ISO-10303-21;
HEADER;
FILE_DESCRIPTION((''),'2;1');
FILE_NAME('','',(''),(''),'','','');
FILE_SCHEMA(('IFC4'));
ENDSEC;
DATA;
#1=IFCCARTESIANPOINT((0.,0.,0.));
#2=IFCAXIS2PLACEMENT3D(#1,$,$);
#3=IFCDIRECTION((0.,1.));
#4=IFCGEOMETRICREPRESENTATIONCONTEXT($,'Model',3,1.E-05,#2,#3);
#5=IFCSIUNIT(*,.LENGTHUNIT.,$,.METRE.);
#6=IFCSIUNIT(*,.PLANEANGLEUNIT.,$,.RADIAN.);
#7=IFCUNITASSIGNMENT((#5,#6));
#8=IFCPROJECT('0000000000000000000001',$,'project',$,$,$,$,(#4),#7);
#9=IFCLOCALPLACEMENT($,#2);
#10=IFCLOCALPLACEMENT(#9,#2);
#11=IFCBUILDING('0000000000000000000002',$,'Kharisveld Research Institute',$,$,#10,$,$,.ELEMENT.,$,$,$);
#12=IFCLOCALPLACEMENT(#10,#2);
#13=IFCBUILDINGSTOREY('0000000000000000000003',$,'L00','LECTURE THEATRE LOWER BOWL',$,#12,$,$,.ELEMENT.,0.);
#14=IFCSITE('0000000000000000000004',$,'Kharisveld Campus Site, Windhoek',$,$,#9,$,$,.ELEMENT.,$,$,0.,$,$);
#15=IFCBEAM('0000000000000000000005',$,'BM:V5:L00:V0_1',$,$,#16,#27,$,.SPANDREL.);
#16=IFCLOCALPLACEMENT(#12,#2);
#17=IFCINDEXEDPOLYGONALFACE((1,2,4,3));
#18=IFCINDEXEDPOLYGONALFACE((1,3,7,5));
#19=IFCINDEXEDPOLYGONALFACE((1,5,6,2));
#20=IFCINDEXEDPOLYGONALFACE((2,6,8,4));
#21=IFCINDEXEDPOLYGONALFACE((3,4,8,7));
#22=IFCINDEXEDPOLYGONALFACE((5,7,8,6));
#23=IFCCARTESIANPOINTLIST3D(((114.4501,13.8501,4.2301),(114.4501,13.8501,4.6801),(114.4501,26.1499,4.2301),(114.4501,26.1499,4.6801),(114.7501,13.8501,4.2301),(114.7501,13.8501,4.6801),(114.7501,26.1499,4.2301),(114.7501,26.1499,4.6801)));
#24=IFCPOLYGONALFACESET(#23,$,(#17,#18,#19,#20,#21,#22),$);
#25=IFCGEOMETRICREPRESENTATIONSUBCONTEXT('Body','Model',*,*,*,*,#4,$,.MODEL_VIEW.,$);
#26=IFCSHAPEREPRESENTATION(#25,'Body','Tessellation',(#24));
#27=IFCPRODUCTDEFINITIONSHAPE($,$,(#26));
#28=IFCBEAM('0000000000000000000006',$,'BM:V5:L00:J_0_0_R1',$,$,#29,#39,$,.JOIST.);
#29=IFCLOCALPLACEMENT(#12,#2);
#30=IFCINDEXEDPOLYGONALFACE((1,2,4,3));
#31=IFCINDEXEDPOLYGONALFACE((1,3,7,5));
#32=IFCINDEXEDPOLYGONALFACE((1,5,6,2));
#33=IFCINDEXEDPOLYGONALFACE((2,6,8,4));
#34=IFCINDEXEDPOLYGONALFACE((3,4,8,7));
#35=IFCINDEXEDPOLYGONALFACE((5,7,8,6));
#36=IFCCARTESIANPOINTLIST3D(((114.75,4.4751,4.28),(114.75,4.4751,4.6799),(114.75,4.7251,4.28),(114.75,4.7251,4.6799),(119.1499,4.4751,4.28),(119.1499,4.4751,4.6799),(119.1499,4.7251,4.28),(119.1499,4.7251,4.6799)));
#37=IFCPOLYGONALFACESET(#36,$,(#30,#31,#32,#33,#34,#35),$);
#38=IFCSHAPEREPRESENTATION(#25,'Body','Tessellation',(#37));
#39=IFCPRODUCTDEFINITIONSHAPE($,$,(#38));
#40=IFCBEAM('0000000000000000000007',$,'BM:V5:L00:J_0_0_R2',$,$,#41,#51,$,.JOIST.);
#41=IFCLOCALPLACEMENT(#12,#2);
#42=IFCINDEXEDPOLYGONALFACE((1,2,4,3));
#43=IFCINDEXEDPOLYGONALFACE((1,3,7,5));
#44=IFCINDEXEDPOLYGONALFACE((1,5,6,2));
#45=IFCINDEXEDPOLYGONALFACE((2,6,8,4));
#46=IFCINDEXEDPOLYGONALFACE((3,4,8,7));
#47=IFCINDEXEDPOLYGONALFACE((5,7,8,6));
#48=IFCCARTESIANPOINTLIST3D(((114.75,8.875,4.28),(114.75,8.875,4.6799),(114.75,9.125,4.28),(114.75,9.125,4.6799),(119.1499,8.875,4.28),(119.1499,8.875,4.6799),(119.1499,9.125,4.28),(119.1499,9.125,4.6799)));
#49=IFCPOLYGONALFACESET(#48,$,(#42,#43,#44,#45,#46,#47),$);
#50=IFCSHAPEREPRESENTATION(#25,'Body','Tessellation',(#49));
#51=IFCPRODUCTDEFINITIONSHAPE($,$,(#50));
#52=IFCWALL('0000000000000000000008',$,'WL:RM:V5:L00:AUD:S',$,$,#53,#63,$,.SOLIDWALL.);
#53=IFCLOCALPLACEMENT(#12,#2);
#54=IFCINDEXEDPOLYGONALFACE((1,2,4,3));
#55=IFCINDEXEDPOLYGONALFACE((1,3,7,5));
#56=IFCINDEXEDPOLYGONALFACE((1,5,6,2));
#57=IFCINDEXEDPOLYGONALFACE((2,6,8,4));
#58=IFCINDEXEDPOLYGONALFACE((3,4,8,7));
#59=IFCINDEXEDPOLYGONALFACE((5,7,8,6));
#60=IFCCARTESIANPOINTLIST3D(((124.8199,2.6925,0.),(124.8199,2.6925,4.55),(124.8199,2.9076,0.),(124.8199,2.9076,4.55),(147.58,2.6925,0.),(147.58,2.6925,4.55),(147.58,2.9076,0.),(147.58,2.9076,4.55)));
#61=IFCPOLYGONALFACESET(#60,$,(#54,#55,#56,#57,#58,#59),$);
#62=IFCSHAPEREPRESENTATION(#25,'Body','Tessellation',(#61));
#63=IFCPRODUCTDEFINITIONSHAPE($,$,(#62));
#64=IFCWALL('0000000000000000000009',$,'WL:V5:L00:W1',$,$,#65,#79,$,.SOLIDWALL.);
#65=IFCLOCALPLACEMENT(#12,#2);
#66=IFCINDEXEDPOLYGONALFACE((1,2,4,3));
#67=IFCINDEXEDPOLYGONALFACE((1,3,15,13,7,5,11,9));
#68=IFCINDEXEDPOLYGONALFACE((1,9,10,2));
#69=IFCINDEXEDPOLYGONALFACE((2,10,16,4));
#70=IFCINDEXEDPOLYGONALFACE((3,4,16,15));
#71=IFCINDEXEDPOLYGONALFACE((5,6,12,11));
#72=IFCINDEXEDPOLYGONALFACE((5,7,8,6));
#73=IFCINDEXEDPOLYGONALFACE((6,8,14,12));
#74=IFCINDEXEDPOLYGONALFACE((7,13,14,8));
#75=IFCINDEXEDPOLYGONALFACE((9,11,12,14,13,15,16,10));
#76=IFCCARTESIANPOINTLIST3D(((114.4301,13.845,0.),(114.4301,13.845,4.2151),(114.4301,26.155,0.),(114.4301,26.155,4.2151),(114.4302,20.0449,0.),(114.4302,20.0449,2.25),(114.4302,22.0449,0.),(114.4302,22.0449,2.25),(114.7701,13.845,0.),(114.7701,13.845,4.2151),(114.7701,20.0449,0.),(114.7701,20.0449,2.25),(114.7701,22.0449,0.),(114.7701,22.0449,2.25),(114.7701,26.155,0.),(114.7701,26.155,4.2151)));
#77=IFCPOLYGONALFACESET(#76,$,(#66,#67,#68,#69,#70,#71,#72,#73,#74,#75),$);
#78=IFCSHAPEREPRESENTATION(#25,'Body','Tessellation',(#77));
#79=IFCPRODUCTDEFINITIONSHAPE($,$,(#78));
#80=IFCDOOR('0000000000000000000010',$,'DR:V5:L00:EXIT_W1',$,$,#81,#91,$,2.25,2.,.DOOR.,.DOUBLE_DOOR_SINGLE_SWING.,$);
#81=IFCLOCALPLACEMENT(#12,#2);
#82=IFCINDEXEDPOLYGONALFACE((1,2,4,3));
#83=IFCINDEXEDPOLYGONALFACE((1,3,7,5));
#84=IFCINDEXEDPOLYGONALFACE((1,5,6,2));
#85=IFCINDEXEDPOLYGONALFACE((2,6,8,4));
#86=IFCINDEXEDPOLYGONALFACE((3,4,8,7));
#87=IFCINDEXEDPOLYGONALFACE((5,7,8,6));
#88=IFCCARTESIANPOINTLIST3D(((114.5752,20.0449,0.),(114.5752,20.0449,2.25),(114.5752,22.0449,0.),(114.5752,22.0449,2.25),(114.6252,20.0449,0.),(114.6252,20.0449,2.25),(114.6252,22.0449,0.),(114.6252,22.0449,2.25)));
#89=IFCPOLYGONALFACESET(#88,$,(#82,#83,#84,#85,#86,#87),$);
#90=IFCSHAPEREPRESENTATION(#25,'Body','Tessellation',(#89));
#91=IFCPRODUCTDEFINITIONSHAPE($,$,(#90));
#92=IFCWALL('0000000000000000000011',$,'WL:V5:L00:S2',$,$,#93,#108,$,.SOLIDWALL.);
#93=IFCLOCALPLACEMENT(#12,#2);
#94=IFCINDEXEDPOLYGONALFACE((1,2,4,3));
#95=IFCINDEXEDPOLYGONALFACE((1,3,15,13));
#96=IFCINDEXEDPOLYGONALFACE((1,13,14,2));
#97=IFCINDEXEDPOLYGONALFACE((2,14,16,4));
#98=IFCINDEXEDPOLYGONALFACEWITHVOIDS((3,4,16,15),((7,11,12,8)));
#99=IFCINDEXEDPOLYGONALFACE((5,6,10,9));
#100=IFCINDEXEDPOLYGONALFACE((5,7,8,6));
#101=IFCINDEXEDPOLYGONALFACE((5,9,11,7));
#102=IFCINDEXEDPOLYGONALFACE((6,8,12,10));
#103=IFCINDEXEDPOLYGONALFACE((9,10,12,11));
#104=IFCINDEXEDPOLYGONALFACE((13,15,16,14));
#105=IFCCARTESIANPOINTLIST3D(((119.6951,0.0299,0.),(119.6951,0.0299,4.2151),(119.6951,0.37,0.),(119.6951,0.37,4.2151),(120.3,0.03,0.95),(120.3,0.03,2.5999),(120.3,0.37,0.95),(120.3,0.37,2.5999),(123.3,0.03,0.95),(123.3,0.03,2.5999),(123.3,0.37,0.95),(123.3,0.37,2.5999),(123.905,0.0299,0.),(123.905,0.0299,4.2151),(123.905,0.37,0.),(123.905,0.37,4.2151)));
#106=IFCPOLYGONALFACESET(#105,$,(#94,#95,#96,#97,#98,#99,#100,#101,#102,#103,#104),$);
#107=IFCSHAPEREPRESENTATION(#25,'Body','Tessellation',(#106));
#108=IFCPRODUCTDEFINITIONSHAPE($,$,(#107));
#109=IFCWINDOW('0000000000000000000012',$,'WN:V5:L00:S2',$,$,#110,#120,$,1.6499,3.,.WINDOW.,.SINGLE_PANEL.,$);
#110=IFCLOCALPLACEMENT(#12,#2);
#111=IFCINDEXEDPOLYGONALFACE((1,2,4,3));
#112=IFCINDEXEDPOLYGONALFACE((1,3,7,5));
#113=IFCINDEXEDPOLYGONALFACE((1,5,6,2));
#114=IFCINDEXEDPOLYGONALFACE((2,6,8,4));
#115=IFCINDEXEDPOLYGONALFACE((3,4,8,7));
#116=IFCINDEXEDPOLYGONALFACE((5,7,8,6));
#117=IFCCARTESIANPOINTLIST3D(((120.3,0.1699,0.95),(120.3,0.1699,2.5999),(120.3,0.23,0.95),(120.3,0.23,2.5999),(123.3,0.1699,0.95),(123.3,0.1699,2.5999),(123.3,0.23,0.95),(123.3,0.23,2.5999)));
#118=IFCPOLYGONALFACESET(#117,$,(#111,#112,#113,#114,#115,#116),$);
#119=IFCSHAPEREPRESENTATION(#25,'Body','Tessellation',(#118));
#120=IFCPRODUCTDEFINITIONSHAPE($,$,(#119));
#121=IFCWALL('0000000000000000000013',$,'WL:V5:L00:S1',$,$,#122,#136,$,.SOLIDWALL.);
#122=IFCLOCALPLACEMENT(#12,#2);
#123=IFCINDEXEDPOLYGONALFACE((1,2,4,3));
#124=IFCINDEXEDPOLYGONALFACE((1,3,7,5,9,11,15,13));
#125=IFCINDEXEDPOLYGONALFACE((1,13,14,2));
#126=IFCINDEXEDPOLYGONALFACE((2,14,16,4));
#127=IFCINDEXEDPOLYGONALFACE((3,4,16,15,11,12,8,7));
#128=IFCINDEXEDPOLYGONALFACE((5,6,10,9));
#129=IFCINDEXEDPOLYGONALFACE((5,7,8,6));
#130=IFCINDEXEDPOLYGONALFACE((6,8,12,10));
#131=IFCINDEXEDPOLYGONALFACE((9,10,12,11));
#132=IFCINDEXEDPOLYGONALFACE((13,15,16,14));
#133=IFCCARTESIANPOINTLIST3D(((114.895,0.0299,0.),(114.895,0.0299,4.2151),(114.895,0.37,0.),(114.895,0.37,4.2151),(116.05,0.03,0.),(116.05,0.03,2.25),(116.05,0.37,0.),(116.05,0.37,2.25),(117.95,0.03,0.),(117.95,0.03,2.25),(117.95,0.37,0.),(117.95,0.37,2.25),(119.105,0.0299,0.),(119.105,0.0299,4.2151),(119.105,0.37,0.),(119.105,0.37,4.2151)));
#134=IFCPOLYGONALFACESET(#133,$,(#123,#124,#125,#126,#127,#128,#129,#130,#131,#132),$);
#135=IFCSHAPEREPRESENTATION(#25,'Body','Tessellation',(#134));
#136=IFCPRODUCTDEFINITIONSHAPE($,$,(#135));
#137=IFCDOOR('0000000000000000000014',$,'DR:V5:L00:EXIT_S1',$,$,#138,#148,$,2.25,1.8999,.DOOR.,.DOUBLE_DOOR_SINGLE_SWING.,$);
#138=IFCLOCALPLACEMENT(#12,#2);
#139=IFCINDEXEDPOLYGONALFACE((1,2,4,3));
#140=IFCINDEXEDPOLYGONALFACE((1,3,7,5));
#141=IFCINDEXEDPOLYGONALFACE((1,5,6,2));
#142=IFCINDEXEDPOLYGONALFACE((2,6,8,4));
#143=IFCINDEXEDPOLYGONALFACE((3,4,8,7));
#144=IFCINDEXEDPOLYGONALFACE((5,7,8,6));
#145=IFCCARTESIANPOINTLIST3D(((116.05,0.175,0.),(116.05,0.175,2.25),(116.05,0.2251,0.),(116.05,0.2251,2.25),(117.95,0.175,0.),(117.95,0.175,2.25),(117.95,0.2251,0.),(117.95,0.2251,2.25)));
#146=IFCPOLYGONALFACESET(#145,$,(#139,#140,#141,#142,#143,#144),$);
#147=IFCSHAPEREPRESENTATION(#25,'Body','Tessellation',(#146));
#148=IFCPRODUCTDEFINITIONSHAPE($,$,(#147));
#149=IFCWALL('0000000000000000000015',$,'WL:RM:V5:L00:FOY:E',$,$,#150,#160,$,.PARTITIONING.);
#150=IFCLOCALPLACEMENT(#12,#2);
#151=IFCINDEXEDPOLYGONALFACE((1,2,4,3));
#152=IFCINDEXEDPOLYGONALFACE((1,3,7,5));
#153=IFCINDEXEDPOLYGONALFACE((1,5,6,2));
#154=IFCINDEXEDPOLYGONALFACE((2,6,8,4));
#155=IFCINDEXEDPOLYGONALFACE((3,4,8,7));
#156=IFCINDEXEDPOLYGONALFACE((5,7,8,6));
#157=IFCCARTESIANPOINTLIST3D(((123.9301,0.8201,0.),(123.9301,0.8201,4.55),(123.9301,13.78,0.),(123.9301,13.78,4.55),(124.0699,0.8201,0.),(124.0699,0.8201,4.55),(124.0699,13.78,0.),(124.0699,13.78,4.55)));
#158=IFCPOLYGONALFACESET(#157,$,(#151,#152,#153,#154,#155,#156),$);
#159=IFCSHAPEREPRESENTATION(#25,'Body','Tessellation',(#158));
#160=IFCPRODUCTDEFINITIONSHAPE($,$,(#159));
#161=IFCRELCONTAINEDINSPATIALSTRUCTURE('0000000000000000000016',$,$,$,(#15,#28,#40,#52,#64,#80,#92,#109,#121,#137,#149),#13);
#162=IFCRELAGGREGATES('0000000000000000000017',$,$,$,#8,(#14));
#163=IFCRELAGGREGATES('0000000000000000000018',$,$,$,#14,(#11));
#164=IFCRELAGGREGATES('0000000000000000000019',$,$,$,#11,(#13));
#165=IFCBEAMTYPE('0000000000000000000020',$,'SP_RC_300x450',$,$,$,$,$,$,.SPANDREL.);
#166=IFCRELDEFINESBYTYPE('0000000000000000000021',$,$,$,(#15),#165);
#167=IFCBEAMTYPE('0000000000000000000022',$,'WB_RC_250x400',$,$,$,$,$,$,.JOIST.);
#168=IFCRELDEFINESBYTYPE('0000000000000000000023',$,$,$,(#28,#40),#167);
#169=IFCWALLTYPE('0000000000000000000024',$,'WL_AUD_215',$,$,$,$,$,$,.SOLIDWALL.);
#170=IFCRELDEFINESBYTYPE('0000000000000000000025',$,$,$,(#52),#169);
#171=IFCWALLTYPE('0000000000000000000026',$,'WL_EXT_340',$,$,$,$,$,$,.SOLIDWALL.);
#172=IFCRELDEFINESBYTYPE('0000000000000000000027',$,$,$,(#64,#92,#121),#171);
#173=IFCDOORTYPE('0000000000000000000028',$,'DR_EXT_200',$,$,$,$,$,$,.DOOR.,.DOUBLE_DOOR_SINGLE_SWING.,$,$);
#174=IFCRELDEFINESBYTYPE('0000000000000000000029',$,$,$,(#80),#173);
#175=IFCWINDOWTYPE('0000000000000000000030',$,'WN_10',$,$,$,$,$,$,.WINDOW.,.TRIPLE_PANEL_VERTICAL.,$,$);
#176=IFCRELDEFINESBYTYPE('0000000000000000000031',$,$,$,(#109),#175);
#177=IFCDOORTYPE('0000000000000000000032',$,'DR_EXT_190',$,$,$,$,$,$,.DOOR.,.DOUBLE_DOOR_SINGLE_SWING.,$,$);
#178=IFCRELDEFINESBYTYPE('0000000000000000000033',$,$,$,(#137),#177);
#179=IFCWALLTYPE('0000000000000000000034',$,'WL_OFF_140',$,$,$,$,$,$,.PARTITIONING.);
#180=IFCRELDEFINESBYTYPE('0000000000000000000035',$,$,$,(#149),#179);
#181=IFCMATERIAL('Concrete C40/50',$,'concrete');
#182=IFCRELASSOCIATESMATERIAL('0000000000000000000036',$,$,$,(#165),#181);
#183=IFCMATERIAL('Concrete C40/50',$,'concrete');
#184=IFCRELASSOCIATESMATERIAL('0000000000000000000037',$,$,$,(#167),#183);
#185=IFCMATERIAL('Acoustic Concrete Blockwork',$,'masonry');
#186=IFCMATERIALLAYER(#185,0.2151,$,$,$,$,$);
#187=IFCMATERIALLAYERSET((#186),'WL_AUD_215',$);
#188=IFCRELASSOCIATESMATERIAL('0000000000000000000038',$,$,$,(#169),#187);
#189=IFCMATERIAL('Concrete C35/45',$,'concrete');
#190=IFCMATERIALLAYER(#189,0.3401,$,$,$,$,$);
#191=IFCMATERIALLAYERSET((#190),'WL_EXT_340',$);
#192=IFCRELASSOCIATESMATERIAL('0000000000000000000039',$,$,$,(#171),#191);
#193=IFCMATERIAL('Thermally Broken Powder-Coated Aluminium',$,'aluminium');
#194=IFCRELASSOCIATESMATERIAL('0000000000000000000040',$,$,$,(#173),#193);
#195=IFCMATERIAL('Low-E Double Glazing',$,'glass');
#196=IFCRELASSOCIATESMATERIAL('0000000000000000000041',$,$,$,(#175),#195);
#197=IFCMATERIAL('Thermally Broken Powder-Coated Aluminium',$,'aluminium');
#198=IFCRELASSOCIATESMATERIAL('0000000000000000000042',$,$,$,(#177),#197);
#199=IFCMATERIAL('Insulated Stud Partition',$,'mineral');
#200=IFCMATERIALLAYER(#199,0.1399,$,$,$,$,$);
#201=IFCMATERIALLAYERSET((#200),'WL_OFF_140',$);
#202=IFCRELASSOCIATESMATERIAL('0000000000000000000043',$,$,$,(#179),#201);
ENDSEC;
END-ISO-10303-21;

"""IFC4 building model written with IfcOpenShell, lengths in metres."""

from ifc_helpers import new_model, si_unit, direction, frame, frame_2d, origin, origin_2d, place, context, subcontext, project, spatial, rectangle, extrude, material, layer, layer_set, material_profile, profile_set, type_object, element, fill, save


model = new_model("IFC4")

# Units and contexts
model_context = context("Model", 3, precision=1e-05, world=origin(), true_north=direction((0.0, 1.0)))
body_context = subcontext(model_context, "Body", "Model", "MODEL_VIEW")
ifc_project = project(units=[si_unit("LENGTHUNIT", "METRE"), si_unit("PLANEANGLEUNIT", "RADIAN")], contexts=[model_context])

# Site, building, storey
site_placement = place(None, origin())
site = spatial("IfcSite", under=ifc_project, at=site_placement, Name="Kharisveld Campus Site, Windhoek", CompositionType="ELEMENT", RefElevation=0.0)
building_placement = place(site_placement, origin())
building = spatial("IfcBuilding", under=site, at=building_placement, Name="Kharisveld Research Institute", CompositionType="ELEMENT")
storey_placement = place(building_placement, origin())
storey = spatial("IfcBuildingStorey", under=building, at=storey_placement, Name="L00", Description="LECTURE THEATRE LOWER BOWL", CompositionType="ELEMENT", Elevation=0.0)

# Beams
ifc_material_1 = material(Name="Concrete C40/50", Category="concrete")
ifc_material_profile_1 = material_profile(ifc_material_1, rectangle(XDim=0.3, YDim=0.45, at=origin_2d()))
ifc_profile_set_1 = profile_set([ifc_material_profile_1], Name="Concrete C40/50")
beam_type_1 = type_object("IfcBeamType", Name="SP_RC_300x450", PredefinedType="SPANDREL", material=ifc_profile_set_1)
beam_1_placement = place(storey_placement, frame((114.6001, 13.8501, 4.4551), z_axis=(0.0, 1.0, 0.0), x_axis=(-1.0, 0.0, 0.0)))
element("IfcBeam", 1, at=beam_1_placement, inside=storey, type_object=beam_type_1, Name="BM:V5:L00:V0_1", PredefinedType="SPANDREL", context=body_context, shape_type="SweptSolid", body=[
    extrude(rectangle(XDim=0.3, YDim=0.45, at=origin_2d()), origin(), (0.0, 0.0, 1.0), 12.2998),
])
ifc_material_2 = material(Name="Concrete C40/50", Category="concrete")
ifc_material_profile_2 = material_profile(ifc_material_2, rectangle(XDim=0.25, YDim=0.3999, at=origin_2d()))
ifc_profile_set_2 = profile_set([ifc_material_profile_2], Name="Concrete C40/50")
beam_type_2 = type_object("IfcBeamType", Name="WB_RC_250x400", PredefinedType="JOIST", material=ifc_profile_set_2)
for number, where, z_axis, x_axis, name in (
    (2, (114.75, 4.6001, 4.48), (1.0, 0.0, 0.0), (0.0, 1.0, 0.0), "BM:V5:L00:J_0_0_R1"),
    (3, (114.75, 9.0, 4.48), (1.0, 0.0, 0.0), (0.0, 1.0, 0.0), "BM:V5:L00:J_0_0_R2"),
):
    element("IfcBeam", number, at=place(storey_placement, frame(where, z_axis=z_axis, x_axis=x_axis)), inside=storey, type_object=beam_type_2, Name=name, PredefinedType="JOIST", context=body_context, shape_type="SweptSolid", body=[
        extrude(rectangle(XDim=0.25, YDim=0.3999, at=origin_2d()), origin(), (0.0, 0.0, 1.0), 4.3999),
    ])

# Wall
ifc_material_3 = material(Name="Acoustic Concrete Blockwork", Category="masonry")
ifc_layer_1 = layer(ifc_material_3, 0.2151)
ifc_layer_set_1 = layer_set([ifc_layer_1], Name="WL_AUD_215")
wall_type_1 = type_object("IfcWallType", Name="WL_AUD_215", PredefinedType="SOLIDWALL", material=ifc_layer_set_1)
wall_1_placement = place(storey_placement, frame((124.8201, 2.8, 0.0), z_axis=(0.0, 0.0, 1.0), x_axis=(1.0, 0.0, 0.0)))
element("IfcWall", 4, at=wall_1_placement, inside=storey, type_object=wall_type_1, Name="WL:RM:V5:L00:AUD:S", PredefinedType="SOLIDWALL", context=body_context, shape_type="SweptSolid", body=[
    extrude(rectangle(XDim=22.76, YDim=0.2151, at=frame_2d((11.3799, 0.0))), origin(), (0.0, 0.0, 1.0), 4.55),
])

# Wall, opening, door
ifc_material_4 = material(Name="Concrete C35/45", Category="concrete")
ifc_layer_2 = layer(ifc_material_4, 0.3401)
ifc_layer_set_2 = layer_set([ifc_layer_2], Name="WL_EXT_340")
wall_type_2 = type_object("IfcWallType", Name="WL_EXT_340", PredefinedType="SOLIDWALL", material=ifc_layer_set_2)
wall_2_placement = place(storey_placement, frame((114.6001, 13.845, 0.0), z_axis=(0.0, 0.0, 1.0), x_axis=(0.0, 1.0, 0.0)))
wall_2 = element("IfcWall", 5, at=wall_2_placement, inside=storey, type_object=wall_type_2, Name="WL:V5:L00:W1", PredefinedType="SOLIDWALL", context=body_context, shape_type="SweptSolid", body=[
    extrude(rectangle(XDim=12.3101, YDim=0.3401, at=frame_2d((6.155, 0.0))), origin(), (0.0, 0.0, 1.0), 4.2151),
])
opening_1_placement = place(wall_2_placement, frame((6.2, 0.0, 0.0)))
opening_1 = element("IfcOpeningElement", 6, at=opening_1_placement, cuts=wall_2, PredefinedType="OPENING", context=body_context, shape_type="SweptSolid", body=[
    extrude(rectangle(XDim=2.0, YDim=2.25, at=frame_2d((1.0, 1.125))), frame((0.0, 0.1699, 0.0), z_axis=(0.0, -1.0, 0.0), x_axis=(1.0, 0.0, 0.0)), (0.0, 0.0, 1.0), 0.3401),
])
ifc_material_5 = material(Name="Thermally Broken Powder-Coated Aluminium", Category="aluminium")
door_type_1 = type_object("IfcDoorType", Name="DR_EXT_200", OperationType="DOUBLE_DOOR_SINGLE_SWING", PredefinedType="DOOR", material=ifc_material_5)
door_1_placement = place(opening_1_placement, origin())
door_1 = element("IfcDoor", 7, at=door_1_placement, inside=storey, type_object=door_type_1, Name="DR:V5:L00:EXIT_W1", OperationType="DOUBLE_DOOR_SINGLE_SWING", OverallHeight=2.25, OverallWidth=2.0, PredefinedType="DOOR", context=body_context, shape_type="SweptSolid", body=[
    extrude(rectangle(XDim=2.0, YDim=2.25, at=frame_2d((1.0, 1.125))), frame((0.0, 0.0249, 0.0), z_axis=(0.0, -1.0, 0.0), x_axis=(1.0, 0.0, 0.0)), (0.0, 0.0, 1.0), 0.05),
])
fill(opening_1, door_1)

# Wall, opening, window
wall_3_placement = place(storey_placement, frame((123.905, 0.2, 0.0), z_axis=(0.0, 0.0, 1.0), x_axis=(-1.0, 0.0, 0.0)))
wall_3 = element("IfcWall", 8, at=wall_3_placement, inside=storey, type_object=wall_type_2, Name="WL:V5:L00:S2", PredefinedType="SOLIDWALL", context=body_context, shape_type="SweptSolid", body=[
    extrude(rectangle(XDim=4.21, YDim=0.3401, at=frame_2d((2.105, 0.0))), origin(), (0.0, 0.0, 1.0), 4.2151),
])
opening_2_placement = place(wall_3_placement, frame((0.605, 0.0, 0.95)))
opening_2 = element("IfcOpeningElement", 9, at=opening_2_placement, cuts=wall_3, PredefinedType="OPENING", context=body_context, shape_type="SweptSolid", body=[
    extrude(rectangle(XDim=3.0, YDim=1.6499, at=frame_2d((1.5, 0.825))), frame((0.0, 0.1699, 0.0), z_axis=(0.0, -1.0, 0.0), x_axis=(1.0, 0.0, 0.0)), (0.0, 0.0, 1.0), 0.3401),
])
ifc_material_6 = material(Name="Low-E Double Glazing", Category="glass")
window_type = type_object("IfcWindowType", Name="WN_10", PartitioningType="TRIPLE_PANEL_VERTICAL", PredefinedType="WINDOW", material=ifc_material_6)
window_placement = place(opening_2_placement, origin())
window = element("IfcWindow", 10, at=window_placement, inside=storey, type_object=window_type, Name="WN:V5:L00:S2", OverallHeight=1.6499, OverallWidth=3.0, PartitioningType="SINGLE_PANEL", PredefinedType="WINDOW", context=body_context, shape_type="SweptSolid", body=[
    extrude(rectangle(XDim=3.0, YDim=1.6499, at=frame_2d((1.5, 0.825))), frame((0.0, 0.03, 0.0), z_axis=(0.0, -1.0, 0.0), x_axis=(1.0, 0.0, 0.0)), (0.0, 0.0, 1.0), 0.0601),
])
fill(opening_2, window)

# Wall, opening, door
wall_4_placement = place(storey_placement, frame((119.105, 0.2, 0.0), z_axis=(0.0, 0.0, 1.0), x_axis=(-1.0, 0.0, 0.0)))
wall_4 = element("IfcWall", 11, at=wall_4_placement, inside=storey, type_object=wall_type_2, Name="WL:V5:L00:S1", PredefinedType="SOLIDWALL", context=body_context, shape_type="SweptSolid", body=[
    extrude(rectangle(XDim=4.21, YDim=0.3401, at=frame_2d((2.105, 0.0))), origin(), (0.0, 0.0, 1.0), 4.2151),
])
opening_3_placement = place(wall_4_placement, frame((1.155, 0.0, 0.0)))
opening_3 = element("IfcOpeningElement", 12, at=opening_3_placement, cuts=wall_4, PredefinedType="OPENING", context=body_context, shape_type="SweptSolid", body=[
    extrude(rectangle(XDim=1.8999, YDim=2.25, at=frame_2d((0.95, 1.125))), frame((0.0, 0.1699, 0.0), z_axis=(0.0, -1.0, 0.0), x_axis=(1.0, 0.0, 0.0)), (0.0, 0.0, 1.0), 0.3401),
])
ifc_material_7 = material(Name="Thermally Broken Powder-Coated Aluminium", Category="aluminium")
door_type_2 = type_object("IfcDoorType", Name="DR_EXT_190", OperationType="DOUBLE_DOOR_SINGLE_SWING", PredefinedType="DOOR", material=ifc_material_7)
door_2_placement = place(opening_3_placement, origin())
door_2 = element("IfcDoor", 13, at=door_2_placement, inside=storey, type_object=door_type_2, Name="DR:V5:L00:EXIT_S1", OperationType="DOUBLE_DOOR_SINGLE_SWING", OverallHeight=2.25, OverallWidth=1.8999, PredefinedType="DOOR", context=body_context, shape_type="SweptSolid", body=[
    extrude(rectangle(XDim=1.8999, YDim=2.25, at=frame_2d((0.95, 1.125))), frame((0.0, 0.0249, 0.0), z_axis=(0.0, -1.0, 0.0), x_axis=(1.0, 0.0, 0.0)), (0.0, 0.0, 1.0), 0.05),
])
fill(opening_3, door_2)

# Wall
ifc_material_8 = material(Name="Insulated Stud Partition", Category="mineral")
ifc_layer_3 = layer(ifc_material_8, 0.1399)
ifc_layer_set_3 = layer_set([ifc_layer_3], Name="WL_OFF_140")
wall_type_3 = type_object("IfcWallType", Name="WL_OFF_140", PredefinedType="PARTITIONING", material=ifc_layer_set_3)
wall_5_placement = place(storey_placement, frame((124.0, 0.8201, 0.0), z_axis=(0.0, 0.0, 1.0), x_axis=(0.0, 1.0, 0.0)))
element("IfcWall", 14, at=wall_5_placement, inside=storey, type_object=wall_type_3, Name="WL:RM:V5:L00:FOY:E", PredefinedType="PARTITIONING", context=body_context, shape_type="SweptSolid", body=[
    extrude(rectangle(XDim=12.96, YDim=0.1399, at=frame_2d((6.48, 0.0))), origin(), (0.0, 0.0, 1.0), 4.55),
])

save(model, "model.ifc")
